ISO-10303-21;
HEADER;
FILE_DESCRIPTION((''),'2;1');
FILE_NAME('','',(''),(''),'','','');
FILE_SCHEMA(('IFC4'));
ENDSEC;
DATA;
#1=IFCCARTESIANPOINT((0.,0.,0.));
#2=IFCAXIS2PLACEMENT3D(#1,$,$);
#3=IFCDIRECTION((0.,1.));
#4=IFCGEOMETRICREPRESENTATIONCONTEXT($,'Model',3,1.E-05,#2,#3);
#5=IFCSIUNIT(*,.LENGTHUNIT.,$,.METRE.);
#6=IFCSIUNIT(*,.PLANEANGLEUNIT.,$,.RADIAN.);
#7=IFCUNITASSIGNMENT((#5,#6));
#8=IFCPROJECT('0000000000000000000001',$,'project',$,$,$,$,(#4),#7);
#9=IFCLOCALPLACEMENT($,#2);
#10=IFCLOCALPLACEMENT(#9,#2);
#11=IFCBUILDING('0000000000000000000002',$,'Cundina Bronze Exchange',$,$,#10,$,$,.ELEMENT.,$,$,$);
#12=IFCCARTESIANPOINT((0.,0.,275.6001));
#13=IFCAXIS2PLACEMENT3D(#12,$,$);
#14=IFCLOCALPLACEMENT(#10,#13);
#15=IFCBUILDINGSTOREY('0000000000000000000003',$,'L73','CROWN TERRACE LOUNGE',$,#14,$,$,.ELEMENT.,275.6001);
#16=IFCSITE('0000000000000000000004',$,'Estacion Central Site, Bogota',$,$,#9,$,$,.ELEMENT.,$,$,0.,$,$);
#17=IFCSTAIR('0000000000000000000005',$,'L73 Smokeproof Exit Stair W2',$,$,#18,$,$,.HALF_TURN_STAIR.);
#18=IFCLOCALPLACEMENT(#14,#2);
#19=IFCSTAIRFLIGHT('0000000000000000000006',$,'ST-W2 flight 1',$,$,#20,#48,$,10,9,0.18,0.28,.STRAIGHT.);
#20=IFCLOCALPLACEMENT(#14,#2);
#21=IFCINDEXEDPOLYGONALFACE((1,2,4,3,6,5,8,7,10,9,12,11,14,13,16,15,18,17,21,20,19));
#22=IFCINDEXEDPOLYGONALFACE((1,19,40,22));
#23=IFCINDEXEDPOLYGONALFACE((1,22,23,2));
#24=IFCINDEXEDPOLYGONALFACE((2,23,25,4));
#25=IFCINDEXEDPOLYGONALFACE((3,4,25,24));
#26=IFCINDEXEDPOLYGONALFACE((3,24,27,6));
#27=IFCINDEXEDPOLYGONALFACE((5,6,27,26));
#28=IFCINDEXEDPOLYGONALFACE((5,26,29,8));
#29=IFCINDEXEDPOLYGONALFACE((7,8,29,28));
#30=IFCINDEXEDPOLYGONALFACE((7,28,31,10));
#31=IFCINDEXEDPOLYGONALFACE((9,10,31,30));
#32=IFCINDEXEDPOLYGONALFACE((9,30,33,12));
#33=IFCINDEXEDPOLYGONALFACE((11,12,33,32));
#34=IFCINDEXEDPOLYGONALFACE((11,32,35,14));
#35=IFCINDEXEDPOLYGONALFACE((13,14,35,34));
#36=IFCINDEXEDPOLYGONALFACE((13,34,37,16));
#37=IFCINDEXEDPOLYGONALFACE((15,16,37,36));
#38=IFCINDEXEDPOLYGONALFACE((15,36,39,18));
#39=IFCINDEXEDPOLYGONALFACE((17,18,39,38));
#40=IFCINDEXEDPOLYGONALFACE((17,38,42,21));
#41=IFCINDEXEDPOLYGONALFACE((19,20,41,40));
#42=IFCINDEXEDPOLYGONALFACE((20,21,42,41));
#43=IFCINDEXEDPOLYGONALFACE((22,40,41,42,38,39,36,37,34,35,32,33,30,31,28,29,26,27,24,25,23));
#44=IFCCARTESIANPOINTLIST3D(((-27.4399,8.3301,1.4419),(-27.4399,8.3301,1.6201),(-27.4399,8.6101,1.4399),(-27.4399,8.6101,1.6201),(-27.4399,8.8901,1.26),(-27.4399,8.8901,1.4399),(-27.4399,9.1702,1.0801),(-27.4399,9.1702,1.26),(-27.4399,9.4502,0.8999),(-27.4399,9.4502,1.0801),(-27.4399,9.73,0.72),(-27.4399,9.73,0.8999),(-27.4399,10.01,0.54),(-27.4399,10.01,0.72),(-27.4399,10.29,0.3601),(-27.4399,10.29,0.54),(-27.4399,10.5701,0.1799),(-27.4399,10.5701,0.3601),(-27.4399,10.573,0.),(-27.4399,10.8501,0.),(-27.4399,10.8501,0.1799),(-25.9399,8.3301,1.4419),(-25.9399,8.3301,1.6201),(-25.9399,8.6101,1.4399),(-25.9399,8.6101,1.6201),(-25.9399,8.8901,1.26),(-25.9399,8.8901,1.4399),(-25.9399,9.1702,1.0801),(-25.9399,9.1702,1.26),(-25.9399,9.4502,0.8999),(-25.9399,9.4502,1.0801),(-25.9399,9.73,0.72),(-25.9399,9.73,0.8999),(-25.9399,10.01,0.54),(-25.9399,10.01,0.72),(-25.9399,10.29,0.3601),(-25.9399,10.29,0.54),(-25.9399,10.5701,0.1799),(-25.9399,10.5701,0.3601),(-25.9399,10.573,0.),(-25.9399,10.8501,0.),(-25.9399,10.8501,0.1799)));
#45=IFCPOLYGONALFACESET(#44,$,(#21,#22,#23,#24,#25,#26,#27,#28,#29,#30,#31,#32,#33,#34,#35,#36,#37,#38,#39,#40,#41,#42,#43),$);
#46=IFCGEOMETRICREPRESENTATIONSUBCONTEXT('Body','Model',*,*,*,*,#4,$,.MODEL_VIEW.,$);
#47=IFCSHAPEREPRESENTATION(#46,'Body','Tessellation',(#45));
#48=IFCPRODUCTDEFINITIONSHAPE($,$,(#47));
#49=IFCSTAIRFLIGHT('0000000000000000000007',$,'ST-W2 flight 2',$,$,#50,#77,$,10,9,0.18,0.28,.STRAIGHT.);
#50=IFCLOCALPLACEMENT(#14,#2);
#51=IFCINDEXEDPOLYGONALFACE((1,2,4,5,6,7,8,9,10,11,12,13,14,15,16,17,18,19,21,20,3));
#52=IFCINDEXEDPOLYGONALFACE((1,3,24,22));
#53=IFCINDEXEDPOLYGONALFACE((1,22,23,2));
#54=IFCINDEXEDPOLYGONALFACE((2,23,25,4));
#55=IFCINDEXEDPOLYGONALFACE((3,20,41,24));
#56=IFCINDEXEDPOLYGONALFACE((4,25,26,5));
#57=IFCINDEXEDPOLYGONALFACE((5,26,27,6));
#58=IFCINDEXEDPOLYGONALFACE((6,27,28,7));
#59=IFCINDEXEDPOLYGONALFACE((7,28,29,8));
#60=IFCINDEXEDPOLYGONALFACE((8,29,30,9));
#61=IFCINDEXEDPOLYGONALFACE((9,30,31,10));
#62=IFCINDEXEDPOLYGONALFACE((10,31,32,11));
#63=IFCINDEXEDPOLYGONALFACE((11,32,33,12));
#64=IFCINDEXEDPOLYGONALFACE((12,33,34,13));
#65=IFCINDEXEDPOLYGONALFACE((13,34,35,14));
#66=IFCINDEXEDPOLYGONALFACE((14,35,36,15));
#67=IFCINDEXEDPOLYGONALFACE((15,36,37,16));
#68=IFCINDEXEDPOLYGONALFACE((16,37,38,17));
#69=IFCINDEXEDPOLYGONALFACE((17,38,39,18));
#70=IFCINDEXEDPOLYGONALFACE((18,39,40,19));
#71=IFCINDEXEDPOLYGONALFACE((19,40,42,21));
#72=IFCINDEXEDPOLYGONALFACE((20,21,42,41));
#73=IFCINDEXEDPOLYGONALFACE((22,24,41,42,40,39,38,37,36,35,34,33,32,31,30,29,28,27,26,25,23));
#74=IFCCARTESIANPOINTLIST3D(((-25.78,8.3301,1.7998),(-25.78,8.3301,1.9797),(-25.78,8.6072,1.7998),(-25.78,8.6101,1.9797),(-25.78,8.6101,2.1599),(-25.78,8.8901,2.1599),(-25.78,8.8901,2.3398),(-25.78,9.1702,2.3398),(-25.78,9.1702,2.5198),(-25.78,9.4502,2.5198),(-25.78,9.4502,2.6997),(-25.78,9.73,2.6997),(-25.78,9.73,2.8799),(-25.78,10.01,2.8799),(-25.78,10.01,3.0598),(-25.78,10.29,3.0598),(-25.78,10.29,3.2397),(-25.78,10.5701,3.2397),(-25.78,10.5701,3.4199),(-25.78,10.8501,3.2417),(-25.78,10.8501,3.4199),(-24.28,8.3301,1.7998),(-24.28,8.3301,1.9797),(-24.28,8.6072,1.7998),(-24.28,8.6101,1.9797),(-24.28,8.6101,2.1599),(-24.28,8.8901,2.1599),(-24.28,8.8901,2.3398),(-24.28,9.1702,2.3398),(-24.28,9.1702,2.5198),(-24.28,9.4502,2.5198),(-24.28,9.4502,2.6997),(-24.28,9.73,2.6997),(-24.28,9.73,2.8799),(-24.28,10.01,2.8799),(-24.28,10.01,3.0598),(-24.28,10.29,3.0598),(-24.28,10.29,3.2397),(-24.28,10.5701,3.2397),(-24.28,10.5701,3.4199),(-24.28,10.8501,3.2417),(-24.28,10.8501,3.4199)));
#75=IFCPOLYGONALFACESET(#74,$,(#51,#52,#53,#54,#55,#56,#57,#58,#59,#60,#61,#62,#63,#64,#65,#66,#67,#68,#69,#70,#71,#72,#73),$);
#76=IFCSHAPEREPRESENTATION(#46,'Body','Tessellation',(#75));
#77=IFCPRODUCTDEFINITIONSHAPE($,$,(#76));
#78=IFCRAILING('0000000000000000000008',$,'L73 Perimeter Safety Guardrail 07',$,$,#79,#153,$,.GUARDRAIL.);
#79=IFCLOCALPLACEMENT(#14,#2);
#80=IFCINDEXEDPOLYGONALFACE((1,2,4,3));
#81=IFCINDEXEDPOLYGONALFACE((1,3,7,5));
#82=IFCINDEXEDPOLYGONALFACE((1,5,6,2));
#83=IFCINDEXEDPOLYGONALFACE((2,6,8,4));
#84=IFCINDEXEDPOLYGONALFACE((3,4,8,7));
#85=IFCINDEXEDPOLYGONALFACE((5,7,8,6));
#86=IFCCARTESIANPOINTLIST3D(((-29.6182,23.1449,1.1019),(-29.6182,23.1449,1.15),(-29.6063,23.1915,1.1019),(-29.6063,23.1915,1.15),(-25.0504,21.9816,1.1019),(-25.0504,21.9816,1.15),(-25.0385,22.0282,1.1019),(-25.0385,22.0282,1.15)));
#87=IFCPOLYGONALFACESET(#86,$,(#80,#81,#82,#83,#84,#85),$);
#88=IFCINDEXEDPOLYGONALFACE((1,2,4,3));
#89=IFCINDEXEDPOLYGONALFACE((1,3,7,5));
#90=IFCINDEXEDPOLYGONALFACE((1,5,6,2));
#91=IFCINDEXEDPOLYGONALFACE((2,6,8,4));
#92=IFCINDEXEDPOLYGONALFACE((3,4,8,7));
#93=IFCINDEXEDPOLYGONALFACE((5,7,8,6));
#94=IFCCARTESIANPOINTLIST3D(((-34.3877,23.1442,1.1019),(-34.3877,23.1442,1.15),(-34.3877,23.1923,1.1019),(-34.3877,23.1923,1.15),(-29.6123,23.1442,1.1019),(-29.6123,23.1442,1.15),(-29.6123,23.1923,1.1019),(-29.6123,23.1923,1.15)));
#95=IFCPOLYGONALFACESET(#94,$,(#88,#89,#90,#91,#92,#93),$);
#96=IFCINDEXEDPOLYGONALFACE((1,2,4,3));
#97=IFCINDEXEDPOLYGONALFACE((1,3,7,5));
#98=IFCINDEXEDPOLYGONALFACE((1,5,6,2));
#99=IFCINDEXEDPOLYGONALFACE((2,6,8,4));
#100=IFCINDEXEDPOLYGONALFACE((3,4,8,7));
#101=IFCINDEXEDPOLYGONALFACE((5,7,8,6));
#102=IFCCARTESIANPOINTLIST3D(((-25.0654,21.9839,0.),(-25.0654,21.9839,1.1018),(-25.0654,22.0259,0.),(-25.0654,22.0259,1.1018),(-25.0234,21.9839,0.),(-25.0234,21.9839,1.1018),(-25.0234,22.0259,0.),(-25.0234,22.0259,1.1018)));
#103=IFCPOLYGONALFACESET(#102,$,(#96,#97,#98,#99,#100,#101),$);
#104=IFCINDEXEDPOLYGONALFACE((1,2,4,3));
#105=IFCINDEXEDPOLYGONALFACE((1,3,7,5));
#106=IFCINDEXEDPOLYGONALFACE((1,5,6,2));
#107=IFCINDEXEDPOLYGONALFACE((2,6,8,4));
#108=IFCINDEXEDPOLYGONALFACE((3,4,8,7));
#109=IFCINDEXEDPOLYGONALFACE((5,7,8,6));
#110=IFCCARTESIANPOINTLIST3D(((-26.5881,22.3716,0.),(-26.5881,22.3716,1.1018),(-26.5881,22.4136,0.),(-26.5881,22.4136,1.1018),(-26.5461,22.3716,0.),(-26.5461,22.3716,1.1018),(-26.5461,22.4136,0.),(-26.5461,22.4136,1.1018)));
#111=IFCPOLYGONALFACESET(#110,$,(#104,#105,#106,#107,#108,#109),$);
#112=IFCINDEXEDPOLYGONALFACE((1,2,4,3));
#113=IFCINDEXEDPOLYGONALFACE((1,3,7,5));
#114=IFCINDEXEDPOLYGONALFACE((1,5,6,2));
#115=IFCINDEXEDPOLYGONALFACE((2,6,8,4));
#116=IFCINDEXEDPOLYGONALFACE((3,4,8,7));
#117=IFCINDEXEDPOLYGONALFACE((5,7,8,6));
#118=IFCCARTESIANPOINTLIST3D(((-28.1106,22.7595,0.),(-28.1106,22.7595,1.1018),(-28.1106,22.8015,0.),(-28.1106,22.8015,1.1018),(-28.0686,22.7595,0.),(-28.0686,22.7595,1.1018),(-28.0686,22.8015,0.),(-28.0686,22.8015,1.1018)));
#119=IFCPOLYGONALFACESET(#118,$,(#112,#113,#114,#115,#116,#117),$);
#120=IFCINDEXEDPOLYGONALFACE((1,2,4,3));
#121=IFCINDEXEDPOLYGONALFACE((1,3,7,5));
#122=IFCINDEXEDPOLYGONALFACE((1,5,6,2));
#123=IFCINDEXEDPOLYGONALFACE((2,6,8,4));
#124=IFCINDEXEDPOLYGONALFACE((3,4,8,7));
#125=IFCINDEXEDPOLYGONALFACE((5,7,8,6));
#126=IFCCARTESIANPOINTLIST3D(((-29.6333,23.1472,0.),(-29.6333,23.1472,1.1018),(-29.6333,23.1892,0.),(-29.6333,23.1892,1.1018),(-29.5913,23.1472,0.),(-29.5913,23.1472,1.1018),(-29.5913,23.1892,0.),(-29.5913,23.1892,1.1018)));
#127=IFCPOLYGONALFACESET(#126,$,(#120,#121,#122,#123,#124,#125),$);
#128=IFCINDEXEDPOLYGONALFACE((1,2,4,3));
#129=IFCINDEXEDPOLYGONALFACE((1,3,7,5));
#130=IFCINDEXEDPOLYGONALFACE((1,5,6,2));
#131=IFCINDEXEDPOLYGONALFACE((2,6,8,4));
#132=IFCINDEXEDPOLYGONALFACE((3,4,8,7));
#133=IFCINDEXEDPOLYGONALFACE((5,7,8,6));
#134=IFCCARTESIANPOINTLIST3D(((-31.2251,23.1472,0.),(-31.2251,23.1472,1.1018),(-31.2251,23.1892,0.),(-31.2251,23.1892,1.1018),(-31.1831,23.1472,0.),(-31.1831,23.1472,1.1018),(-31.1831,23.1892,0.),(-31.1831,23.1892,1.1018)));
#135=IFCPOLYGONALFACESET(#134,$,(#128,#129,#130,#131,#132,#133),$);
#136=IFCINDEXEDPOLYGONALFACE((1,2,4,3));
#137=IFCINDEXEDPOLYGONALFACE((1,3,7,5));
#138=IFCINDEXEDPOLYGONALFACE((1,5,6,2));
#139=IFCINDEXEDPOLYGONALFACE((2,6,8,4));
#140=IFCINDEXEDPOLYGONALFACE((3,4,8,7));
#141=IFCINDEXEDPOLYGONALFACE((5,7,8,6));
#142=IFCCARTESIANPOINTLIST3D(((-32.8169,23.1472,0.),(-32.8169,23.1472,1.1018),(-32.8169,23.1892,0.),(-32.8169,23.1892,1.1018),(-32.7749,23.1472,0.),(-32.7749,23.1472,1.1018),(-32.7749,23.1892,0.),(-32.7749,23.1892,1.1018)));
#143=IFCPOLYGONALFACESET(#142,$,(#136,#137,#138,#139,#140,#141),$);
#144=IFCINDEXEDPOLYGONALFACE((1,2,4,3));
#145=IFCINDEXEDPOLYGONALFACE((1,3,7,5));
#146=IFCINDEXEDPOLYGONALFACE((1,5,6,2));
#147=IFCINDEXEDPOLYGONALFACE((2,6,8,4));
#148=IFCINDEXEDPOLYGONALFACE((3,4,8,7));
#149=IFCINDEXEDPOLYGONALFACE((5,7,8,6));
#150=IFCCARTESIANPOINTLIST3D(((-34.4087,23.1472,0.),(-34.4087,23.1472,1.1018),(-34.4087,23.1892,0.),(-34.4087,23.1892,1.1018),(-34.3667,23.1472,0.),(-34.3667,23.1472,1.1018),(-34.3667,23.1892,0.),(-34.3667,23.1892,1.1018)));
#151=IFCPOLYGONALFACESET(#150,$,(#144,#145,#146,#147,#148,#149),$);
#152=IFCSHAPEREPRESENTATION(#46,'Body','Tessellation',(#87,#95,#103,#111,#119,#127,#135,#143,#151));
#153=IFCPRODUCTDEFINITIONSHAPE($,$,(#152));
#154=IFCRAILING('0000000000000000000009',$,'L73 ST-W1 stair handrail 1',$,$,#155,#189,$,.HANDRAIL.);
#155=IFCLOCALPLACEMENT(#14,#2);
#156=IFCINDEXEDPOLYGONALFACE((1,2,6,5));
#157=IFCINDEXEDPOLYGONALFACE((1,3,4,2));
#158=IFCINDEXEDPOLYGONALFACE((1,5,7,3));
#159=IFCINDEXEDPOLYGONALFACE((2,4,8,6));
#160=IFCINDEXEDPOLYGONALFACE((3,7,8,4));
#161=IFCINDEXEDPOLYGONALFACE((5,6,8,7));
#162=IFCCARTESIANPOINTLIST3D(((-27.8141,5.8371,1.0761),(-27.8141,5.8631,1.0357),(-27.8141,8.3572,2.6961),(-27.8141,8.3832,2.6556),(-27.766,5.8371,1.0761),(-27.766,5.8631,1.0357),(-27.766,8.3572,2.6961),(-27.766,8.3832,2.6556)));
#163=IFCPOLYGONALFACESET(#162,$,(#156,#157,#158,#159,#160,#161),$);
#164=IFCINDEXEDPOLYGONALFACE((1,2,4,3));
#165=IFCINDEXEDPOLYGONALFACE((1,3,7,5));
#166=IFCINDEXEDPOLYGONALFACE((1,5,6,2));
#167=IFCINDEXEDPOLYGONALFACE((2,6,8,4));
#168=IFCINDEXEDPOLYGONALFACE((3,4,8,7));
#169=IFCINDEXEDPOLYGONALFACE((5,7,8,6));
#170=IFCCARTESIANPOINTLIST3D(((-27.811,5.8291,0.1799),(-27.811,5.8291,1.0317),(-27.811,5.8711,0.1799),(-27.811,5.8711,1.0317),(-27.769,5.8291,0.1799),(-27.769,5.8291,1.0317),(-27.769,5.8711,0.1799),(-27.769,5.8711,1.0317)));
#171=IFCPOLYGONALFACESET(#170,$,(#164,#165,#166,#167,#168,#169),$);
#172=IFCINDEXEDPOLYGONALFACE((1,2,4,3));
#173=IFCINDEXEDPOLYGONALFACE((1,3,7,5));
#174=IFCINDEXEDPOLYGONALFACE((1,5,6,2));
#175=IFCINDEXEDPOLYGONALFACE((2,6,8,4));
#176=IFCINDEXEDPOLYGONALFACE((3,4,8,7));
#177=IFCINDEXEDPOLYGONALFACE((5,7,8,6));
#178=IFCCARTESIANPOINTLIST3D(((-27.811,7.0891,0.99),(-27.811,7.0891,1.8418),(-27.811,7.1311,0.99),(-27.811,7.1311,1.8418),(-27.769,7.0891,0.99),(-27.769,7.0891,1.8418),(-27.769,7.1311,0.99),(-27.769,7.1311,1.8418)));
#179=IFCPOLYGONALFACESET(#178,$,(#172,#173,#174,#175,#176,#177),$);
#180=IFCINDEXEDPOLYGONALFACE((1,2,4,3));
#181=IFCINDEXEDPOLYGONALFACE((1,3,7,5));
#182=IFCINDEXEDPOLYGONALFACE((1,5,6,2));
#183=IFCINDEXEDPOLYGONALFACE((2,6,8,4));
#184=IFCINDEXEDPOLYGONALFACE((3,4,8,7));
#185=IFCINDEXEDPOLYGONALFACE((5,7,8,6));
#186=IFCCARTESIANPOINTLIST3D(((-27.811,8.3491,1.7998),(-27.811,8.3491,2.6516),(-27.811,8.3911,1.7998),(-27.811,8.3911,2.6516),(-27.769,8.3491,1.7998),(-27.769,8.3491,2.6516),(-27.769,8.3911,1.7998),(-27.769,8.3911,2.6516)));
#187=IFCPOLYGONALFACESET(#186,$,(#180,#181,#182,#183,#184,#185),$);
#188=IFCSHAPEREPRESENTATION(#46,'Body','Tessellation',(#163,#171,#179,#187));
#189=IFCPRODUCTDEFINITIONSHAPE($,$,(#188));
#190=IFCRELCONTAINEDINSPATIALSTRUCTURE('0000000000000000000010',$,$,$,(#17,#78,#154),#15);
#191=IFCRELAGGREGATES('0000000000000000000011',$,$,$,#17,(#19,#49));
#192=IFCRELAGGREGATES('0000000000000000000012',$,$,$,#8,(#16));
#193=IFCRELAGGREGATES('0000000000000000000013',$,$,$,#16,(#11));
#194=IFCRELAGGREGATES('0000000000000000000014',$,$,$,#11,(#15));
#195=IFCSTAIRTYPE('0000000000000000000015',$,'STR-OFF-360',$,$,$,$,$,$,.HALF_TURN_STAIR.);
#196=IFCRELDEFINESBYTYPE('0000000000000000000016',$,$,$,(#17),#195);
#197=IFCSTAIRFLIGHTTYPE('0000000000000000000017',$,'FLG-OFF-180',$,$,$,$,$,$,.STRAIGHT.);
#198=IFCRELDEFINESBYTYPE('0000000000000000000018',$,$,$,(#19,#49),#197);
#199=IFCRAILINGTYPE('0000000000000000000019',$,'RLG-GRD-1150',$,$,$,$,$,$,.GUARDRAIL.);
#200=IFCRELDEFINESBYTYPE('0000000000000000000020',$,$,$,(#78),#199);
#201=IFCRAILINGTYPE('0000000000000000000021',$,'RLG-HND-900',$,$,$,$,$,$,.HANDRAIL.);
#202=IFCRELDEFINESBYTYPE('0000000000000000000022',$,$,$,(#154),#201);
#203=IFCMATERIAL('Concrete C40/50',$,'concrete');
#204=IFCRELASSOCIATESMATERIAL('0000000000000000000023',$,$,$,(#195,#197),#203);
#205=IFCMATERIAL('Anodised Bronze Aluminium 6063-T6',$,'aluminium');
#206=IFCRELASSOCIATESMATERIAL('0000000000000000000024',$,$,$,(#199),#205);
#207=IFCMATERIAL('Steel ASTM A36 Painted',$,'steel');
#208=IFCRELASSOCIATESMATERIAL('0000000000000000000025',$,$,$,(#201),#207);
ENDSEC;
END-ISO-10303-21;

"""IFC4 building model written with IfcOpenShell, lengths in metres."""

from ifc_helpers import new_model, si_unit, direction, frame, origin, origin_2d, place, context, subcontext, project, spatial, polyline, rectangle, outline, extrude, material, type_object, element, aggregate, save


model = new_model("IFC4")

# Units and contexts
model_context = context("Model", 3, precision=1e-05, world=origin(), true_north=direction((0.0, 1.0)))
body_context = subcontext(model_context, "Body", "Model", "MODEL_VIEW")
ifc_project = project(units=[si_unit("LENGTHUNIT", "METRE"), si_unit("PLANEANGLEUNIT", "RADIAN")], contexts=[model_context])

# Site, building, storey
site_placement = place(None, origin())
site = spatial("IfcSite", under=ifc_project, at=site_placement, Name="Estacion Central Site, Bogota", CompositionType="ELEMENT", RefElevation=0.0)
building_placement = place(site_placement, origin())
building = spatial("IfcBuilding", under=site, at=building_placement, Name="Cundina Bronze Exchange", CompositionType="ELEMENT")
storey_placement = place(building_placement, frame((0.0, 0.0, 275.6001)))
storey = spatial("IfcBuildingStorey", under=building, at=storey_placement, Name="L73", Description="CROWN TERRACE LOUNGE", CompositionType="ELEMENT", Elevation=275.6001)

# Shared definitions
ifc_material_1 = material(Name="Anodised Bronze Aluminium 6063-T6", Category="aluminium")

# Shared definitions
ifc_material_2 = material(Name="Steel ASTM A36 Painted", Category="steel")

# Shared definitions
ifc_material_3 = material(Name="Concrete C40/50", Category="concrete")
stair_type = type_object("IfcStairType", Name="STR-OFF-360", PredefinedType="HALF_TURN_STAIR", material=ifc_material_3)
stair_flight_type = type_object("IfcStairFlightType", Name="FLG-OFF-180", PredefinedType="STRAIGHT", material=ifc_material_3)

# Stair, stair flights
stair_1_placement = place(storey_placement, origin())
stair_1 = element("IfcStair", 1, at=stair_1_placement, inside=storey, type_object=stair_type, Name="L73 Smokeproof Exit Stair W2", PredefinedType="HALF_TURN_STAIR")
stair_flight_1_placement = place(storey_placement, frame((-26.6899, 10.8501, 0.0), z_axis=(0.0, 0.0, 1.0), x_axis=(0.0, -1.0, 0.0)))
stair_flight_1 = element("IfcStairFlight", 2, at=stair_flight_1_placement, type_object=stair_flight_type, Name="ST-W2 flight 1", NumberOfRisers=10, NumberOfTreads=9, PredefinedType="STRAIGHT", RiserHeight=0.18, TreadLength=0.28, context=body_context, shape_type="SweptSolid", body=[
    extrude(outline(polyline([(0.0, 0.0), (0.0, 0.1799), (0.28, 0.1799), (0.28, 0.3601), (0.5601, 0.3601), (0.5601, 0.54), (0.8401, 0.54), (0.8401, 0.72), (1.1201, 0.72), (1.1201, 0.8999), (1.3999, 0.8999), (1.3999, 1.0801), (1.6799, 1.0801), (1.6799, 1.26), (1.96, 1.26), (1.96, 1.4399), (2.24, 1.4399), (2.24, 1.6201), (2.52, 1.6201), (2.52, 1.8), (2.52, 1.4419), (0.2771, 0.0), (0.0, 0.0)])), frame((0.0, 0.75, 0.0), z_axis=(0.0, -1.0, 0.0), x_axis=(1.0, 0.0, 0.0)), (0.0, 0.0, 1.0), 1.5),
])
stair_flight_2_placement = place(storey_placement, frame((-25.03, 8.3301, 1.7998), z_axis=(0.0, 0.0, 1.0), x_axis=(0.0, 1.0, 0.0)))
stair_flight_2 = element("IfcStairFlight", 3, at=stair_flight_2_placement, type_object=stair_flight_type, Name="ST-W2 flight 2", NumberOfRisers=10, NumberOfTreads=9, PredefinedType="STRAIGHT", RiserHeight=0.18, TreadLength=0.28, context=body_context, shape_type="SweptSolid", body=[
    extrude(outline(polyline([(0.0, 0.0), (0.0, 0.1799), (0.28, 0.1799), (0.28, 0.3601), (0.5601, 0.3601), (0.5601, 0.54), (0.8401, 0.54), (0.8401, 0.72), (1.1201, 0.72), (1.1201, 0.8999), (1.3999, 0.8999), (1.3999, 1.0801), (1.6799, 1.0801), (1.6799, 1.26), (1.96, 1.26), (1.96, 1.4399), (2.24, 1.4399), (2.24, 1.6201), (2.52, 1.6201), (2.52, 1.8), (2.52, 1.4419), (0.2771, 0.0), (0.0, 0.0)])), frame((0.0, 0.75, 0.0), z_axis=(0.0, -1.0, 0.0), x_axis=(1.0, 0.0, 0.0)), (0.0, 0.0, 1.0), 1.5),
])
aggregate(stair_1, [stair_flight_1, stair_flight_2])

# Railings
railing_type_1 = type_object("IfcRailingType", Name="RLG-GRD-1150", PredefinedType="GUARDRAIL", material=ifc_material_1)
railing_1_placement = place(storey_placement, frame((-25.0444, 22.0049, 0.0)))
element("IfcRailing", 4, at=railing_1_placement, inside=storey, type_object=railing_type_1, Name="L73 Perimeter Safety Guardrail 07", PredefinedType="GUARDRAIL", context=body_context, shape_type="SweptSolid", body=[
    extrude(rectangle(XDim=0.0481, YDim=0.0481, at=origin_2d()), frame((0.0, 0.0, 1.126), z_axis=(-0.969067, 0.246799, 0.0), x_axis=(-0.246799, -0.969067, 0.0)), (0.0, 0.0, 1.0), 4.7136),
    extrude(rectangle(XDim=0.0481, YDim=0.0481, at=origin_2d()), frame((-4.5679, 1.1633, 1.126), z_axis=(-1.0, 0.0, 0.0), x_axis=(0.0, -1.0, 0.0)), (0.0, 0.0, 1.0), 4.7754),
    extrude(rectangle(XDim=0.042, YDim=0.042, at=origin_2d()), origin(), (0.0, 0.0, 1.0), 1.1018),
    extrude(rectangle(XDim=0.042, YDim=0.042, at=origin_2d()), frame((-1.5227, 0.3877, 0.0)), (0.0, 0.0, 1.0), 1.1018),
    extrude(rectangle(XDim=0.042, YDim=0.042, at=origin_2d()), frame((-3.0452, 0.7756, 0.0)), (0.0, 0.0, 1.0), 1.1018),
    extrude(rectangle(XDim=0.042, YDim=0.042, at=origin_2d()), frame((-4.5679, 1.1633, 0.0)), (0.0, 0.0, 1.0), 1.1018),
    extrude(rectangle(XDim=0.042, YDim=0.042, at=origin_2d()), frame((-6.1597, 1.1633, 0.0)), (0.0, 0.0, 1.0), 1.1018),
    extrude(rectangle(XDim=0.042, YDim=0.042, at=origin_2d()), frame((-7.7515, 1.1633, 0.0)), (0.0, 0.0, 1.0), 1.1018),
    extrude(rectangle(XDim=0.042, YDim=0.042, at=origin_2d()), frame((-9.3433, 1.1633, 0.0)), (0.0, 0.0, 1.0), 1.1018),
])
railing_type_2 = type_object("IfcRailingType", Name="RLG-HND-900", PredefinedType="HANDRAIL", material=ifc_material_2)
railing_2_placement = place(storey_placement, frame((-27.79, 5.8501, 0.1799)))
element("IfcRailing", 5, at=railing_2_placement, inside=storey, type_object=railing_type_2, Name="L73 ST-W1 stair handrail 1", PredefinedType="HANDRAIL", context=body_context, shape_type="SweptSolid", body=[
    extrude(rectangle(XDim=0.0481, YDim=0.0481, at=origin_2d()), frame((0.0, 0.0, 0.876), z_axis=(0.0, 0.8412, 0.540725), x_axis=(-1.0, 0.0, 0.0)), (0.0, 0.0, 1.0), 2.9958),
    extrude(rectangle(XDim=0.042, YDim=0.042, at=origin_2d()), origin(), (0.0, 0.0, 1.0), 0.8518),
    extrude(rectangle(XDim=0.042, YDim=0.042, at=origin_2d()), frame((0.0, 1.26, 0.8101)), (0.0, 0.0, 1.0), 0.8518),
    extrude(rectangle(XDim=0.042, YDim=0.042, at=origin_2d()), frame((0.0, 2.52, 1.6199)), (0.0, 0.0, 1.0), 0.8518),
])

save(model, "model.ifc")
